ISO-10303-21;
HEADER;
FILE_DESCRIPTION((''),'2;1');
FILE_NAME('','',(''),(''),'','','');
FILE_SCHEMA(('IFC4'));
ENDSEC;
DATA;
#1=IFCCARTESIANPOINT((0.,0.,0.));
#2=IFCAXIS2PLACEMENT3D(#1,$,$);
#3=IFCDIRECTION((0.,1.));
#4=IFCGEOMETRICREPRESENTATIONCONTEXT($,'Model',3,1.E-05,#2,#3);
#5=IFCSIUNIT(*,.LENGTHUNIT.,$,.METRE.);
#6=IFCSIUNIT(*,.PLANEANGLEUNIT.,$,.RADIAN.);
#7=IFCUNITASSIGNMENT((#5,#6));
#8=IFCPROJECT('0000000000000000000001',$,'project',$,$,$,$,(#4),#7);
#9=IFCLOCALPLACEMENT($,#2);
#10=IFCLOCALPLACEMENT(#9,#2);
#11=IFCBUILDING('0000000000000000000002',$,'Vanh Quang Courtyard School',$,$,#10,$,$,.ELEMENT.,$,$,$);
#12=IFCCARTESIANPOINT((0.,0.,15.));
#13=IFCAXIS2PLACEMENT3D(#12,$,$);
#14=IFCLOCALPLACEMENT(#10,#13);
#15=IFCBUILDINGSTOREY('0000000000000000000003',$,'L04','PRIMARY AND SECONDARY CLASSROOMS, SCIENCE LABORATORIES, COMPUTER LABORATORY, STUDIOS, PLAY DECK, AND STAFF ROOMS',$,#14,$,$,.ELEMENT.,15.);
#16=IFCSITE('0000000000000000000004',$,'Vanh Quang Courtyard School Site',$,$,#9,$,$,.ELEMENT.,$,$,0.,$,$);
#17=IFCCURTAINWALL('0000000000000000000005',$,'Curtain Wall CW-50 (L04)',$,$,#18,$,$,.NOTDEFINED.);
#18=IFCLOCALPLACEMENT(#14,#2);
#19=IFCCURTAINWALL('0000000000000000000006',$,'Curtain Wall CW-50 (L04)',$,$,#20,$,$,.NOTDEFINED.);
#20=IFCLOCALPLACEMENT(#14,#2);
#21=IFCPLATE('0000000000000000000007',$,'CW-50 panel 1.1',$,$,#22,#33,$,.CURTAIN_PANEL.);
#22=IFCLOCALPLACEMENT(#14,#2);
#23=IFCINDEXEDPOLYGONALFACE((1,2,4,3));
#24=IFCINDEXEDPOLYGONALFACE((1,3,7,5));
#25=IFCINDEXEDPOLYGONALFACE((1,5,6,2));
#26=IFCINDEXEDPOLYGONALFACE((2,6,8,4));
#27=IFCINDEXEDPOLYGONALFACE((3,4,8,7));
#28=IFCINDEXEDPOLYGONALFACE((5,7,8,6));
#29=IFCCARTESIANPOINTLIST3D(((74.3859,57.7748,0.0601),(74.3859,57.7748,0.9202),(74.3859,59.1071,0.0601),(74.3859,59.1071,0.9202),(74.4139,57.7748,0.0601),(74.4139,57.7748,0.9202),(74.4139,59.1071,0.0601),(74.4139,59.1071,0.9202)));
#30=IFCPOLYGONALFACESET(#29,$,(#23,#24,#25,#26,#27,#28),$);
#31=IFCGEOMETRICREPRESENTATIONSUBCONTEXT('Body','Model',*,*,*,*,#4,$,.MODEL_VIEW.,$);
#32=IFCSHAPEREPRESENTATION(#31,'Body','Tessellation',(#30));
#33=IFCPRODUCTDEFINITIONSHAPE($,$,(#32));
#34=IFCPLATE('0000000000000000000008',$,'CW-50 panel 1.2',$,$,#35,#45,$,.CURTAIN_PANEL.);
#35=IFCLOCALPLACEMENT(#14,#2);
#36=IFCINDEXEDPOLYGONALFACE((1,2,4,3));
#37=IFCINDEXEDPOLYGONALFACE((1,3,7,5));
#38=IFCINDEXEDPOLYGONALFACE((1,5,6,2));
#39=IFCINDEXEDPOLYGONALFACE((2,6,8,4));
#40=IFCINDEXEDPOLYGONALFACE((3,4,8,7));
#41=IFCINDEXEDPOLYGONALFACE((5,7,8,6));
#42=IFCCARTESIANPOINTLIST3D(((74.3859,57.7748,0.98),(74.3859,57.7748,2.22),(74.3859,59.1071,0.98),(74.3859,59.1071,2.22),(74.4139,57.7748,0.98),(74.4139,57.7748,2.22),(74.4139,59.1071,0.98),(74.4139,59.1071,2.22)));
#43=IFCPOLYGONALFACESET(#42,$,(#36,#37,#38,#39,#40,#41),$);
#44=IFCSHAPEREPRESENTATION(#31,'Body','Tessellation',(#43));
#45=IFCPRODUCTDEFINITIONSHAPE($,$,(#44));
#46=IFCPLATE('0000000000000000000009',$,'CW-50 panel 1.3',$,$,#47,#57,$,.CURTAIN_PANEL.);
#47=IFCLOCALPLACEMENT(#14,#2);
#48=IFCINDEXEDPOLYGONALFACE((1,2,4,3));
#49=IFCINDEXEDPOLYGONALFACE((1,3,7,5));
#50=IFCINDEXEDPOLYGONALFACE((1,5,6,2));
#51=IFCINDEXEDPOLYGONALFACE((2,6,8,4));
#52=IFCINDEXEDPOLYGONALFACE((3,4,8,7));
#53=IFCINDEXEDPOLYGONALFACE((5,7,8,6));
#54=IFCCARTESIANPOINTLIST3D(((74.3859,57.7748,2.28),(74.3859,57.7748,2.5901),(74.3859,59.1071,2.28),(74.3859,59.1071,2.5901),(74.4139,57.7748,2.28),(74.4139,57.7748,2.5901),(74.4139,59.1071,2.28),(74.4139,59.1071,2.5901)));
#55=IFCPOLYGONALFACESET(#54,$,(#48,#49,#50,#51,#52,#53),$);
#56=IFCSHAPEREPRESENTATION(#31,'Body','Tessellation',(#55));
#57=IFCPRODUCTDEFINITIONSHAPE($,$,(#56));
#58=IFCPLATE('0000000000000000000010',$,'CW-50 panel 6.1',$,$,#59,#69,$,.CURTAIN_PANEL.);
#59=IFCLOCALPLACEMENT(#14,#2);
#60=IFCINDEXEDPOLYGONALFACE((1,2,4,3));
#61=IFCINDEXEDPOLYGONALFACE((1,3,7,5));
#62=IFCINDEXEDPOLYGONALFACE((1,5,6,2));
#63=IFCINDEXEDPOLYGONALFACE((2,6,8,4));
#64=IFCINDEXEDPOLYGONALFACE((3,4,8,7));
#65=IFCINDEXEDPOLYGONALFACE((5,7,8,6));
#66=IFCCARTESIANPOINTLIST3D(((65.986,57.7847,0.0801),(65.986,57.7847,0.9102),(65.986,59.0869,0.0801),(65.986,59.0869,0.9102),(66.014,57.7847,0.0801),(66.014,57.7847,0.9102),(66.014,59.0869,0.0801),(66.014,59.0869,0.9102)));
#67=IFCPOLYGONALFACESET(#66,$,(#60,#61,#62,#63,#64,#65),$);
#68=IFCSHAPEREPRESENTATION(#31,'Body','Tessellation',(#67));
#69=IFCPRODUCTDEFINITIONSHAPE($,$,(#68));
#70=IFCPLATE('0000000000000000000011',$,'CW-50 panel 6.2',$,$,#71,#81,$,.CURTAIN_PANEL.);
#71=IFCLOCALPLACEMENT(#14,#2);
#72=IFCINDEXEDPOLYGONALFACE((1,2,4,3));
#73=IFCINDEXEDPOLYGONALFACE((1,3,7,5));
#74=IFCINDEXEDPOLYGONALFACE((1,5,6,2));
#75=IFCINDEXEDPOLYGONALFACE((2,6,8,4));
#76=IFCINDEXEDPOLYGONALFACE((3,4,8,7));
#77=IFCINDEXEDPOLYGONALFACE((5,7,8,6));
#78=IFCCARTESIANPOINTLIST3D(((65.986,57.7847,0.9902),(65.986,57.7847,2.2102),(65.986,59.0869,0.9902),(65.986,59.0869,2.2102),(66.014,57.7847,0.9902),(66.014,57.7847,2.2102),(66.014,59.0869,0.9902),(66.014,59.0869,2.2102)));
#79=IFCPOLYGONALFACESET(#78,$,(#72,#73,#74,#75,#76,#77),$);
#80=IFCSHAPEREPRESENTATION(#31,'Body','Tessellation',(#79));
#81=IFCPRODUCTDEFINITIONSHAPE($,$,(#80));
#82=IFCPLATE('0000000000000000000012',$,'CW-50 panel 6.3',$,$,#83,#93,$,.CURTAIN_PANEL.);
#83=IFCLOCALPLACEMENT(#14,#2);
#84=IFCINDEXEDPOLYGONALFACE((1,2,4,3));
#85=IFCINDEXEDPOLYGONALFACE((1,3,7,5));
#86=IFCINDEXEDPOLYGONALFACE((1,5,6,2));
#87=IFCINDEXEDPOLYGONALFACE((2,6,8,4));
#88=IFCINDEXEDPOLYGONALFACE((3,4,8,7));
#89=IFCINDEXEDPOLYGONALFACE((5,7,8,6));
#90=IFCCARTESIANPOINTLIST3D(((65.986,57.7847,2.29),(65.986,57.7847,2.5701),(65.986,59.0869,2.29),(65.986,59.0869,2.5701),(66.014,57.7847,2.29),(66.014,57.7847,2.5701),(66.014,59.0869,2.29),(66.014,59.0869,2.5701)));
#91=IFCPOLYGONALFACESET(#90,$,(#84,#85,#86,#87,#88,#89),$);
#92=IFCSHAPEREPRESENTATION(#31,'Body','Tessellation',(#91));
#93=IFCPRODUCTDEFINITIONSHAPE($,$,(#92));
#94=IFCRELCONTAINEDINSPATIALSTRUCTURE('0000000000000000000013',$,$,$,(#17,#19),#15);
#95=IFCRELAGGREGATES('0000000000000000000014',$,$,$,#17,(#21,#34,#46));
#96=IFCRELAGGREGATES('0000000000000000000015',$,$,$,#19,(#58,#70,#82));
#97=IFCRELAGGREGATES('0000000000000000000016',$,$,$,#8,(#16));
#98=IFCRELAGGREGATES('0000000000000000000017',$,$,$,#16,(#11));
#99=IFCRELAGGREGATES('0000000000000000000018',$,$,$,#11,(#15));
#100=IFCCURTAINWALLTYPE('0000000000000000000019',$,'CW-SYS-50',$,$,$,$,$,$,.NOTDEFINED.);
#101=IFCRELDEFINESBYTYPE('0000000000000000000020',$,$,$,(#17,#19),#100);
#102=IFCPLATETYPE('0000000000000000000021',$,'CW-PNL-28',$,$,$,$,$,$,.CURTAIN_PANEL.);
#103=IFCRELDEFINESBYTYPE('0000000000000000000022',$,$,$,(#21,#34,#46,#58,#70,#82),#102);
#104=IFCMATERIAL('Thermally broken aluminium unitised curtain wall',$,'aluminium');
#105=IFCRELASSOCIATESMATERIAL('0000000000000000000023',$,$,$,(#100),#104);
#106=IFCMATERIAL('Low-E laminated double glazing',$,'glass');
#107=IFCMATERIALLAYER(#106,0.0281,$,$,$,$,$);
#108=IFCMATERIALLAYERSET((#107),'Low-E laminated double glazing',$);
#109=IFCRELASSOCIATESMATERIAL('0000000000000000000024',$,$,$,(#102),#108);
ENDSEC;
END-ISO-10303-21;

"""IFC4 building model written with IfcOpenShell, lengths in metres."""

from ifc_helpers import new_model, si_unit, direction, frame, origin, origin_2d, place, context, subcontext, project, spatial, rectangle, extrude, material, layer, layer_set, type_object, element, aggregate, save


model = new_model("IFC4")

# Units and contexts
model_context = context("Model", 3, precision=1e-05, world=origin(), true_north=direction((0.0, 1.0)))
body_context = subcontext(model_context, "Body", "Model", "MODEL_VIEW")
ifc_project = project(units=[si_unit("LENGTHUNIT", "METRE"), si_unit("PLANEANGLEUNIT", "RADIAN")], contexts=[model_context])

# Site, building, storey
site_placement = place(None, origin())
site = spatial("IfcSite", under=ifc_project, at=site_placement, Name="Vanh Quang Courtyard School Site", CompositionType="ELEMENT", RefElevation=0.0)
building_placement = place(site_placement, origin())
building = spatial("IfcBuilding", under=site, at=building_placement, Name="Vanh Quang Courtyard School", CompositionType="ELEMENT")
storey_placement = place(building_placement, frame((0.0, 0.0, 15.0)))
storey = spatial("IfcBuildingStorey", under=building, at=storey_placement, Name="L04", Description="PRIMARY AND SECONDARY CLASSROOMS, SCIENCE LABORATORIES, COMPUTER LABORATORY, STUDIOS, PLAY DECK, AND STAFF ROOMS", CompositionType="ELEMENT", Elevation=15.0)

# Curtain walls
ifc_material_1 = material(Name="Thermally broken aluminium unitised curtain wall", Category="aluminium")
curtain_wall_type = type_object("IfcCurtainWallType", Name="CW-SYS-50", PredefinedType="NOTDEFINED", material=ifc_material_1)
curtain_wall_1_placement = place(storey_placement, origin())
curtain_wall_1 = element("IfcCurtainWall", 1, at=curtain_wall_1_placement, inside=storey, type_object=curtain_wall_type, Name="Curtain Wall CW-50 (L04)", PredefinedType="NOTDEFINED")
curtain_wall_2_placement = place(storey_placement, origin())
curtain_wall_2 = element("IfcCurtainWall", 2, at=curtain_wall_2_placement, inside=storey, type_object=curtain_wall_type, Name="Curtain Wall CW-50 (L04)", PredefinedType="NOTDEFINED")

# Plates
ifc_material_2 = material(Name="Low-E laminated double glazing", Category="glass")
ifc_layer = layer(ifc_material_2, 0.0281)
ifc_layer_set = layer_set([ifc_layer], Name="Low-E laminated double glazing")
plate_type = type_object("IfcPlateType", Name="CW-PNL-28", PredefinedType="CURTAIN_PANEL", material=ifc_layer_set)
plate_1_placement = place(storey_placement, frame((74.3999, 58.4409, 0.0601), z_axis=(0.0, 0.0, 1.0), x_axis=(0.0, -1.0, 0.0)))
plate_1 = element("IfcPlate", 3, at=plate_1_placement, type_object=plate_type, Name="CW-50 panel 1.1", PredefinedType="CURTAIN_PANEL", context=body_context, shape_type="SweptSolid", body=[
    extrude(rectangle(XDim=1.3323, YDim=0.0281, at=origin_2d()), origin(), (0.0, 0.0, 1.0), 0.8601),
])
plate_2_placement = place(storey_placement, frame((74.3999, 58.4409, 0.98), z_axis=(0.0, 0.0, 1.0), x_axis=(0.0, -1.0, 0.0)))
plate_2 = element("IfcPlate", 4, at=plate_2_placement, type_object=plate_type, Name="CW-50 panel 1.2", PredefinedType="CURTAIN_PANEL", context=body_context, shape_type="SweptSolid", body=[
    extrude(rectangle(XDim=1.3323, YDim=0.0281, at=origin_2d()), origin(), (0.0, 0.0, 1.0), 1.24),
])
plate_3_placement = place(storey_placement, frame((74.3999, 58.4409, 2.28), z_axis=(0.0, 0.0, 1.0), x_axis=(0.0, -1.0, 0.0)))
plate_3 = element("IfcPlate", 5, at=plate_3_placement, type_object=plate_type, Name="CW-50 panel 1.3", PredefinedType="CURTAIN_PANEL", context=body_context, shape_type="SweptSolid", body=[
    extrude(rectangle(XDim=1.3323, YDim=0.0281, at=origin_2d()), origin(), (0.0, 0.0, 1.0), 0.3101),
])
aggregate(curtain_wall_1, [plate_1, plate_2, plate_3])
plate_4_placement = place(storey_placement, frame((66.0, 58.4358, 0.0801), z_axis=(0.0, 0.0, 1.0), x_axis=(0.0, 1.0, 0.0)))
plate_4 = element("IfcPlate", 6, at=plate_4_placement, type_object=plate_type, Name="CW-50 panel 6.1", PredefinedType="CURTAIN_PANEL", context=body_context, shape_type="SweptSolid", body=[
    extrude(rectangle(XDim=1.3022, YDim=0.0281, at=origin_2d()), origin(), (0.0, 0.0, 1.0), 0.8301),
])
plate_5_placement = place(storey_placement, frame((66.0, 58.4358, 0.9902), z_axis=(0.0, 0.0, 1.0), x_axis=(0.0, 1.0, 0.0)))
plate_5 = element("IfcPlate", 7, at=plate_5_placement, type_object=plate_type, Name="CW-50 panel 6.2", PredefinedType="CURTAIN_PANEL", context=body_context, shape_type="SweptSolid", body=[
    extrude(rectangle(XDim=1.3022, YDim=0.0281, at=origin_2d()), origin(), (0.0, 0.0, 1.0), 1.22),
])
plate_6_placement = place(storey_placement, frame((66.0, 58.4358, 2.29), z_axis=(0.0, 0.0, 1.0), x_axis=(0.0, 1.0, 0.0)))
plate_6 = element("IfcPlate", 8, at=plate_6_placement, type_object=plate_type, Name="CW-50 panel 6.3", PredefinedType="CURTAIN_PANEL", context=body_context, shape_type="SweptSolid", body=[
    extrude(rectangle(XDim=1.3022, YDim=0.0281, at=origin_2d()), origin(), (0.0, 0.0, 1.0), 0.28),
])
aggregate(curtain_wall_2, [plate_4, plate_5, plate_6])

save(model, "model.ifc")
